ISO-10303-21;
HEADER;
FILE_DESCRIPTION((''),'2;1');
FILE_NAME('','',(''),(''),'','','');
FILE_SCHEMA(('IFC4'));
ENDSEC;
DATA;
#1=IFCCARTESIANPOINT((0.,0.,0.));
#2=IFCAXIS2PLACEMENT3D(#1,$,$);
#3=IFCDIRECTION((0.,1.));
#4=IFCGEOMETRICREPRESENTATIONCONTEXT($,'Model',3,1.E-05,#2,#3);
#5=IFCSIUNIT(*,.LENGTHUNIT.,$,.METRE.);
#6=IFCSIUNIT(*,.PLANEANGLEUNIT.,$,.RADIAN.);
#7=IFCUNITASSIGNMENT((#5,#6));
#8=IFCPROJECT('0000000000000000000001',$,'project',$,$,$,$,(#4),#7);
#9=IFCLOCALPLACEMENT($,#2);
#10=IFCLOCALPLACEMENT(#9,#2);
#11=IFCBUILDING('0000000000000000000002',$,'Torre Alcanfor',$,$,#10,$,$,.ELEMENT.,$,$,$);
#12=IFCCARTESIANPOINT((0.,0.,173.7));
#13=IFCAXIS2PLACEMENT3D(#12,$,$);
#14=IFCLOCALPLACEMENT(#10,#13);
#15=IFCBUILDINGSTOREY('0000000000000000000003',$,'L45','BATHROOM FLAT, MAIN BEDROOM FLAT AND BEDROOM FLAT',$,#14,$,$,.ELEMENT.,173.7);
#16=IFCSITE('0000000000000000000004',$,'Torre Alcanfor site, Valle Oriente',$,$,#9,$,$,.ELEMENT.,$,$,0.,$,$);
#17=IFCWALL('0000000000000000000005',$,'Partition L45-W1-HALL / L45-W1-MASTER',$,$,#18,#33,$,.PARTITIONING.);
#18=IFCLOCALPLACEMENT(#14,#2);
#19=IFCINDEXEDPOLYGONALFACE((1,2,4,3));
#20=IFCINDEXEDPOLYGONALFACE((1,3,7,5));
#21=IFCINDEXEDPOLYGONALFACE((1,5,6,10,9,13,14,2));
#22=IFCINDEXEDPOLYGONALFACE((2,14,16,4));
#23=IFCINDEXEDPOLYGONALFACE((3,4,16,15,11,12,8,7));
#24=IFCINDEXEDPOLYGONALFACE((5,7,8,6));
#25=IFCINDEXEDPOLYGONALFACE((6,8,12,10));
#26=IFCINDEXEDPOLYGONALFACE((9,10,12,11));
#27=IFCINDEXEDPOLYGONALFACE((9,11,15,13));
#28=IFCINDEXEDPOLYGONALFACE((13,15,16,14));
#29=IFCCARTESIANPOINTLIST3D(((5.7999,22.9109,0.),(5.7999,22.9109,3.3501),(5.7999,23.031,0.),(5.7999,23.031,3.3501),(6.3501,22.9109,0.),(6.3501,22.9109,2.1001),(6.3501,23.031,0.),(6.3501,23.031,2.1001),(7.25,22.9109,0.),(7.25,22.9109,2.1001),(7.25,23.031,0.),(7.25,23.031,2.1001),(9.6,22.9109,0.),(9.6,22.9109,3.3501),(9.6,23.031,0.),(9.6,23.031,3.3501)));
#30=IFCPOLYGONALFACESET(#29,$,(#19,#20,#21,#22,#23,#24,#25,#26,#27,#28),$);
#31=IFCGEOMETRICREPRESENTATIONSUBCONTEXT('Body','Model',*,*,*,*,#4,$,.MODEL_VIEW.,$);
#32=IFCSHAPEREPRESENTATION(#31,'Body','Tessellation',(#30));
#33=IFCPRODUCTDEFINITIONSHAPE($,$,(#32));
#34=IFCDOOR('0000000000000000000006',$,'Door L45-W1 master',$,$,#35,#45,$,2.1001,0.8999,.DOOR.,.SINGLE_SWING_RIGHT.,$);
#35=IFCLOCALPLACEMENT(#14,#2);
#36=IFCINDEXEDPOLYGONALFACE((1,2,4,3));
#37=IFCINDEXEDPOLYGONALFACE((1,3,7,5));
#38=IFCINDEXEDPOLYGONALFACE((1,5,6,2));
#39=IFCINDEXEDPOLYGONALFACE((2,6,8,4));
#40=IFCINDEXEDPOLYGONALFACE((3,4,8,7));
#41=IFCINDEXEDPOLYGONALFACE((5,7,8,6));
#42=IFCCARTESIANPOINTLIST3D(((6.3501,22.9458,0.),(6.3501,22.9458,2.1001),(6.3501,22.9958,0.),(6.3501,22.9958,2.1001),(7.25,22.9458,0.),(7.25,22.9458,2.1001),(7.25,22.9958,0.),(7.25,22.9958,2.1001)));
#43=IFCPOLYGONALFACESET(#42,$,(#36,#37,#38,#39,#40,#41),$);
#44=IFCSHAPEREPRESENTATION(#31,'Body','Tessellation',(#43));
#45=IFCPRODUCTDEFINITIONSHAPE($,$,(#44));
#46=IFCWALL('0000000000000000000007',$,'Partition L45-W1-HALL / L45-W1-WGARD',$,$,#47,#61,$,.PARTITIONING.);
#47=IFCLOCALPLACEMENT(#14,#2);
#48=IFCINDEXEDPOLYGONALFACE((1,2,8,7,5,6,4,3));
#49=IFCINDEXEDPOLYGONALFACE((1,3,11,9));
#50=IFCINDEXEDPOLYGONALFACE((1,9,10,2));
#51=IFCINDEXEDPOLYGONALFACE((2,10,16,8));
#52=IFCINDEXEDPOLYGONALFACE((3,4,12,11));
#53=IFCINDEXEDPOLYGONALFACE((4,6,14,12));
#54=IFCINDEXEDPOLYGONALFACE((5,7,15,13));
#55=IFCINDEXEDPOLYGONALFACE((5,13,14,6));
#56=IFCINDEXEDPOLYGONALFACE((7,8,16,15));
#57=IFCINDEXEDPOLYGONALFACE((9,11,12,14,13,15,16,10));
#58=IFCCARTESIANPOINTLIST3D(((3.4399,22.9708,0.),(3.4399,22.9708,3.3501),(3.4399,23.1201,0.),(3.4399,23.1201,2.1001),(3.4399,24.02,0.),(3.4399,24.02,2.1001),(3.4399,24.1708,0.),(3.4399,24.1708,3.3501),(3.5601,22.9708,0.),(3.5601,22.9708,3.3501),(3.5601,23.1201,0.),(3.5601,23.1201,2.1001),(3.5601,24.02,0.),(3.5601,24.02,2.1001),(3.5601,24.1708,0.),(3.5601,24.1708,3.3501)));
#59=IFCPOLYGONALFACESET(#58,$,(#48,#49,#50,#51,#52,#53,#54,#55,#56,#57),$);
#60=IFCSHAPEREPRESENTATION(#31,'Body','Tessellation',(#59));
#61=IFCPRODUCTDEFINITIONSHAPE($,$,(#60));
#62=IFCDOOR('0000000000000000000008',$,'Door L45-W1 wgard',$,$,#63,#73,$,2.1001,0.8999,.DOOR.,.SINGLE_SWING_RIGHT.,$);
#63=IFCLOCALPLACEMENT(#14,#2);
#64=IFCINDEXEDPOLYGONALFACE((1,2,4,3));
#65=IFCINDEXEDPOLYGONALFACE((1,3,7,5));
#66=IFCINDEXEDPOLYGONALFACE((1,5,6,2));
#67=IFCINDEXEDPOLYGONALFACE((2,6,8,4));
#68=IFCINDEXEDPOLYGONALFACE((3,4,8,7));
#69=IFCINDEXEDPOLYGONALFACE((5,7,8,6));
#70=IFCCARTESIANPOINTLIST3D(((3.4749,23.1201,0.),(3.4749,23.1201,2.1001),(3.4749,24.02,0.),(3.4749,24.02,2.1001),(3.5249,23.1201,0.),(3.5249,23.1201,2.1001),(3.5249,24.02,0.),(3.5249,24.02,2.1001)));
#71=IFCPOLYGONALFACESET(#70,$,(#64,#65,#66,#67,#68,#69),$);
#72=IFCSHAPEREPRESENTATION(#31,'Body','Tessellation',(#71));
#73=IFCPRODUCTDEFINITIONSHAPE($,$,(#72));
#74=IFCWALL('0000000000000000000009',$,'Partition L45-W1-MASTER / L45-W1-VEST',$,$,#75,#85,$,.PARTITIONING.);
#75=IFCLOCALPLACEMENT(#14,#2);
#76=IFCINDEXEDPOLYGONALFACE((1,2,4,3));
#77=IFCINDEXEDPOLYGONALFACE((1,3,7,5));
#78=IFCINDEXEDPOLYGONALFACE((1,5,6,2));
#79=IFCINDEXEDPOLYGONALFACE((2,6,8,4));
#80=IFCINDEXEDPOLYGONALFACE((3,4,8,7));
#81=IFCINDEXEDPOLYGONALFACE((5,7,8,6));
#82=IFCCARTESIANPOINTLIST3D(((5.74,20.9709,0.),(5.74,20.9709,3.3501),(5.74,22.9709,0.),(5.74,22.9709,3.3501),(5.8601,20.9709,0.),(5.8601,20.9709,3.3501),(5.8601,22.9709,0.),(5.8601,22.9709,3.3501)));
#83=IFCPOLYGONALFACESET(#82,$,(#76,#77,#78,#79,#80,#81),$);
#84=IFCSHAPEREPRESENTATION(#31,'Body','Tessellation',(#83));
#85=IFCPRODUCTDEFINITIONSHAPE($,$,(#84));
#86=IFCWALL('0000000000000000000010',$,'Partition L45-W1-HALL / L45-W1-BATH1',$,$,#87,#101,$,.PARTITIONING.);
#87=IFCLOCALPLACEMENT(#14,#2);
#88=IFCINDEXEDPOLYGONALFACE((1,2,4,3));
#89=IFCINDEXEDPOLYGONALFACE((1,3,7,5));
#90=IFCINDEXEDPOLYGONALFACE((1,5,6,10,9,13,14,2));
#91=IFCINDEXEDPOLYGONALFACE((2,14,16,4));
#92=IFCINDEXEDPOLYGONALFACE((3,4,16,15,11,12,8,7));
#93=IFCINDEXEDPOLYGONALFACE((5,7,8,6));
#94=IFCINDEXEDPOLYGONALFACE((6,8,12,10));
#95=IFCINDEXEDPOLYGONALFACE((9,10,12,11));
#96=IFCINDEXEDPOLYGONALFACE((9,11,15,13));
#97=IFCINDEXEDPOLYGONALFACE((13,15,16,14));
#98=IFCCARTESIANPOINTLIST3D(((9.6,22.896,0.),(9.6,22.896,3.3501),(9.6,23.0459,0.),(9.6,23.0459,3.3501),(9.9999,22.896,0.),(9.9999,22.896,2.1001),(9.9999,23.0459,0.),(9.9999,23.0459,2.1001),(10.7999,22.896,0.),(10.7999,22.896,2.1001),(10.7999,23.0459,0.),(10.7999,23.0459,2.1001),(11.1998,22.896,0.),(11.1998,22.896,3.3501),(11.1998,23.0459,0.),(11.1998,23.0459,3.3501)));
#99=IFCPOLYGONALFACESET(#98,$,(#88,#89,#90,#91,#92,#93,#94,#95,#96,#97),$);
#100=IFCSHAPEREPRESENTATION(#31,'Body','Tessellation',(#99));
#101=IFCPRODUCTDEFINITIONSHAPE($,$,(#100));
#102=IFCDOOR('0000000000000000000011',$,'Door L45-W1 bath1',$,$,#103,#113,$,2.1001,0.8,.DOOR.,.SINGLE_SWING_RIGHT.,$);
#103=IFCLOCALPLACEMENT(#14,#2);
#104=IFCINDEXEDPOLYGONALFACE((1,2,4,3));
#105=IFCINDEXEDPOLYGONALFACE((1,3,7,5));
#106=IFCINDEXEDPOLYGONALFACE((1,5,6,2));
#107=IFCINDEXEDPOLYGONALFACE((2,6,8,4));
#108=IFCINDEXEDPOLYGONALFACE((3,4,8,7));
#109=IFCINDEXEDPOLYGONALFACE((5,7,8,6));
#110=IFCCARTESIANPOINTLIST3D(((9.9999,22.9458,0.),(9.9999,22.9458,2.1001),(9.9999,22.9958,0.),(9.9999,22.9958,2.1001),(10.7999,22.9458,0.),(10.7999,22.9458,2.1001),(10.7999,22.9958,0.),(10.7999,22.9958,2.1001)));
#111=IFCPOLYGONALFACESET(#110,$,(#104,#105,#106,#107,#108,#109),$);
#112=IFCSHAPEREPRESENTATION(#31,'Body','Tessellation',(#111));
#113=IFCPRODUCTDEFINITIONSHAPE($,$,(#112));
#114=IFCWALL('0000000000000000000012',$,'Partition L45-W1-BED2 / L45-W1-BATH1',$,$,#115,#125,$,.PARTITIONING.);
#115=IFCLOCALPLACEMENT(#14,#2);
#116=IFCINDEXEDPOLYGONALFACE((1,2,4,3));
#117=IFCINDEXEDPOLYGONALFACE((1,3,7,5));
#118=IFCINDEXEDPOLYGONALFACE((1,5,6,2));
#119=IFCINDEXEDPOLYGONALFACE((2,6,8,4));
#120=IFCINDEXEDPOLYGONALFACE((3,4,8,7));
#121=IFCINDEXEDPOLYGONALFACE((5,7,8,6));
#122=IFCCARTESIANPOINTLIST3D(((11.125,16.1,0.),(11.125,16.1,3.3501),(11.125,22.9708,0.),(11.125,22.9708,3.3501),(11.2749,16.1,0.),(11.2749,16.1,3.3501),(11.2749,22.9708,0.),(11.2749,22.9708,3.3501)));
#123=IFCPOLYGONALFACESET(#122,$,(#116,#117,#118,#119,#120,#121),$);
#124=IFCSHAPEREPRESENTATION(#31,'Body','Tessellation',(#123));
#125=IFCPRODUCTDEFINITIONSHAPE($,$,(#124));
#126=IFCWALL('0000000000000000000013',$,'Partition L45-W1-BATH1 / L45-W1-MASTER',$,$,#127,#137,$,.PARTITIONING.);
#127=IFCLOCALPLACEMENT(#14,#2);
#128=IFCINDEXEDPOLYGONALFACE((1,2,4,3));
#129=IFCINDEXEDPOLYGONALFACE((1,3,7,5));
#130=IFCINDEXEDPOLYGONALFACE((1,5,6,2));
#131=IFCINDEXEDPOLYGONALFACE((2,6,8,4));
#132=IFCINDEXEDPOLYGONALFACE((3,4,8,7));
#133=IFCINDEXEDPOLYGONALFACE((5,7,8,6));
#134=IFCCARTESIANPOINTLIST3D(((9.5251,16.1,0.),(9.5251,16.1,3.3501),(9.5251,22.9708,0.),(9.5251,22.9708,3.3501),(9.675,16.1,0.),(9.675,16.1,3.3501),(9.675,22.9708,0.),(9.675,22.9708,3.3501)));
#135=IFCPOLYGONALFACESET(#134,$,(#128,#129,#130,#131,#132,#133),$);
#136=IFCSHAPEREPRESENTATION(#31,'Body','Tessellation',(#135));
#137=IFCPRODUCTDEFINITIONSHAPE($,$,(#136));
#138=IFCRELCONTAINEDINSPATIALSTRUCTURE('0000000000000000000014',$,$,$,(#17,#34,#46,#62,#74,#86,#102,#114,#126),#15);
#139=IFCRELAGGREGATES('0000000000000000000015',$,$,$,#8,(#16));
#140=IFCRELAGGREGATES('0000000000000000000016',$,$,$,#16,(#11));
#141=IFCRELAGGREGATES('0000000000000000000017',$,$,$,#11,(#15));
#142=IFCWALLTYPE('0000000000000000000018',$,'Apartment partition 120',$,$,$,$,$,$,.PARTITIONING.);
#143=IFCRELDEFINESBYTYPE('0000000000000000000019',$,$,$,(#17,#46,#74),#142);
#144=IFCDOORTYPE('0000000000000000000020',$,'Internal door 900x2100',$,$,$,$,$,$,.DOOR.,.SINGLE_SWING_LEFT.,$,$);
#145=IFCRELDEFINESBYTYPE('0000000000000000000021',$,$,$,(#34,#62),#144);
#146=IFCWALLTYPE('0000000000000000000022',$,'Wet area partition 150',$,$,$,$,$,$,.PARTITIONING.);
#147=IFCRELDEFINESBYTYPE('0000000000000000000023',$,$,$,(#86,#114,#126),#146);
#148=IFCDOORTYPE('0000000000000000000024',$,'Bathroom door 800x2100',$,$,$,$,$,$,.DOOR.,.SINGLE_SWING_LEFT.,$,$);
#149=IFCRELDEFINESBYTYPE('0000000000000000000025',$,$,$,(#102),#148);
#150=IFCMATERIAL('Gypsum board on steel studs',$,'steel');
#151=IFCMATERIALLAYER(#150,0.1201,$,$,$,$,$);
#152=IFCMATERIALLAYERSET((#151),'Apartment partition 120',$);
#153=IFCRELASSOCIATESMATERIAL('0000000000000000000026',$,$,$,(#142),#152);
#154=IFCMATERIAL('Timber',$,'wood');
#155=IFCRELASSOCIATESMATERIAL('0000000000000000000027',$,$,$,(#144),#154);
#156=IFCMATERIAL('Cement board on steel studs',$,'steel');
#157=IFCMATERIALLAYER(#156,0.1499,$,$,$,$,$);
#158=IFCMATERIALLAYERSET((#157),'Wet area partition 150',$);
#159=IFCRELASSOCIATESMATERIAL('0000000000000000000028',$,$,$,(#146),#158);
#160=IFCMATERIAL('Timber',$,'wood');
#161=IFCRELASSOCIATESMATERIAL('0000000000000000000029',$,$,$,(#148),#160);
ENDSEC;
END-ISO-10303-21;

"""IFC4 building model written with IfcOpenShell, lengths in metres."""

from ifc_helpers import new_model, si_unit, direction, frame, frame_2d, origin, place, context, subcontext, project, spatial, rectangle, extrude, material, layer, layer_set, type_object, element, fill, save


model = new_model("IFC4")

# Units and contexts
model_context = context("Model", 3, precision=1e-05, world=origin(), true_north=direction((0.0, 1.0)))
body_context = subcontext(model_context, "Body", "Model", "MODEL_VIEW")
ifc_project = project(units=[si_unit("LENGTHUNIT", "METRE"), si_unit("PLANEANGLEUNIT", "RADIAN")], contexts=[model_context])

# Site, building, storey
site_placement = place(None, origin())
site = spatial("IfcSite", under=ifc_project, at=site_placement, Name="Torre Alcanfor site, Valle Oriente", CompositionType="ELEMENT", RefElevation=0.0)
building_placement = place(site_placement, origin())
building = spatial("IfcBuilding", under=site, at=building_placement, Name="Torre Alcanfor", CompositionType="ELEMENT")
storey_placement = place(building_placement, frame((0.0, 0.0, 173.7)))
storey = spatial("IfcBuildingStorey", under=building, at=storey_placement, Name="L45", Description="BATHROOM FLAT, MAIN BEDROOM FLAT AND BEDROOM FLAT", CompositionType="ELEMENT", Elevation=173.7)

# Shared definitions
ifc_material_1 = material(Name="Gypsum board on steel studs", Category="steel")
ifc_layer_1 = layer(ifc_material_1, 0.1201)
ifc_layer_set_1 = layer_set([ifc_layer_1], Name="Apartment partition 120")
wall_type_1 = type_object("IfcWallType", Name="Apartment partition 120", PredefinedType="PARTITIONING", material=ifc_layer_set_1)
ifc_material_2 = material(Name="Timber", Category="wood")
door_type_1 = type_object("IfcDoorType", Name="Internal door 900x2100", OperationType="SINGLE_SWING_LEFT", PredefinedType="DOOR", material=ifc_material_2)

# Walls, openings, doors
wall_1_placement = place(storey_placement, frame((5.8, 22.9709, 0.0), z_axis=(0.0, 0.0, 1.0), x_axis=(1.0, 0.0, 0.0)))
wall_1 = element("IfcWall", 1, at=wall_1_placement, inside=storey, type_object=wall_type_1, Name="Partition L45-W1-HALL / L45-W1-MASTER", PredefinedType="PARTITIONING", context=body_context, shape_type="SweptSolid", body=[
    extrude(rectangle(XDim=3.8, YDim=0.1201, at=frame_2d((1.8999, 0.0))), origin(), (0.0, 0.0, 1.0), 3.3501),
])
opening_1_placement = place(wall_1_placement, frame((0.55, 0.0, 0.0)))
opening_1 = element("IfcOpeningElement", 2, at=opening_1_placement, cuts=wall_1, PredefinedType="OPENING", context=body_context, shape_type="SweptSolid", body=[
    extrude(rectangle(XDim=0.8999, YDim=2.1001, at=frame_2d((0.45, 1.05))), frame((0.0, 0.0701, 0.0), z_axis=(0.0, -1.0, 0.0), x_axis=(1.0, 0.0, 0.0)), (0.0, 0.0, 1.0), 0.1401),
])
door_1_placement = place(opening_1_placement, frame((0.8999, 0.0, 0.0), z_axis=(0.0, 0.0, 1.0), x_axis=(-1.0, 0.0, 0.0)))
door_1 = element("IfcDoor", 3, at=door_1_placement, inside=storey, type_object=door_type_1, Name="Door L45-W1 master", OperationType="SINGLE_SWING_RIGHT", OverallHeight=2.1001, OverallWidth=0.8999, PredefinedType="DOOR", context=body_context, shape_type="SweptSolid", body=[
    extrude(rectangle(XDim=0.8999, YDim=2.1001, at=frame_2d((0.45, 1.05))), frame((0.0, 0.0251, 0.0), z_axis=(0.0, -1.0, 0.0), x_axis=(1.0, 0.0, 0.0)), (0.0, 0.0, 1.0), 0.05),
])
fill(opening_1, door_1)
wall_2_placement = place(storey_placement, frame((3.5, 24.1709, 0.0), z_axis=(0.0, 0.0, 1.0), x_axis=(0.0, -1.0, 0.0)))
wall_2 = element("IfcWall", 4, at=wall_2_placement, inside=storey, type_object=wall_type_1, Name="Partition L45-W1-HALL / L45-W1-WGARD", PredefinedType="PARTITIONING", context=body_context, shape_type="SweptSolid", body=[
    extrude(rectangle(XDim=1.2, YDim=0.1201, at=frame_2d((0.6001, 0.0))), origin(), (0.0, 0.0, 1.0), 3.3501),
])
opening_2_placement = place(wall_2_placement, frame((0.1509, 0.0, 0.0)))
opening_2 = element("IfcOpeningElement", 5, at=opening_2_placement, cuts=wall_2, PredefinedType="OPENING", context=body_context, shape_type="SweptSolid", body=[
    extrude(rectangle(XDim=0.8999, YDim=2.1001, at=frame_2d((0.45, 1.05))), frame((0.0, 0.0701, 0.0), z_axis=(0.0, -1.0, 0.0), x_axis=(1.0, 0.0, 0.0)), (0.0, 0.0, 1.0), 0.1401),
])
door_2_placement = place(opening_2_placement, frame((0.8999, 0.0, 0.0), z_axis=(0.0, 0.0, 1.0), x_axis=(-1.0, 0.0, 0.0)))
door_2 = element("IfcDoor", 6, at=door_2_placement, inside=storey, type_object=door_type_1, Name="Door L45-W1 wgard", OperationType="SINGLE_SWING_RIGHT", OverallHeight=2.1001, OverallWidth=0.8999, PredefinedType="DOOR", context=body_context, shape_type="SweptSolid", body=[
    extrude(rectangle(XDim=0.8999, YDim=2.1001, at=frame_2d((0.45, 1.05))), frame((0.0, 0.0251, 0.0), z_axis=(0.0, -1.0, 0.0), x_axis=(1.0, 0.0, 0.0)), (0.0, 0.0, 1.0), 0.05),
])
fill(opening_2, door_2)

# Wall
wall_3_placement = place(storey_placement, frame((5.8, 20.9709, 0.0), z_axis=(0.0, 0.0, 1.0), x_axis=(0.0, 1.0, 0.0)))
element("IfcWall", 7, at=wall_3_placement, inside=storey, type_object=wall_type_1, Name="Partition L45-W1-MASTER / L45-W1-VEST", PredefinedType="PARTITIONING", context=body_context, shape_type="SweptSolid", body=[
    extrude(rectangle(XDim=2.0, YDim=0.1201, at=frame_2d((1.0, 0.0))), origin(), (0.0, 0.0, 1.0), 3.3501),
])

# Wall, opening, door
ifc_material_3 = material(Name="Cement board on steel studs", Category="steel")
ifc_layer_2 = layer(ifc_material_3, 0.1499)
ifc_layer_set_2 = layer_set([ifc_layer_2], Name="Wet area partition 150")
wall_type_2 = type_object("IfcWallType", Name="Wet area partition 150", PredefinedType="PARTITIONING", material=ifc_layer_set_2)
wall_4_placement = place(storey_placement, frame((9.6001, 22.9709, 0.0), z_axis=(0.0, 0.0, 1.0), x_axis=(1.0, 0.0, 0.0)))
wall_4 = element("IfcWall", 8, at=wall_4_placement, inside=storey, type_object=wall_type_2, Name="Partition L45-W1-HALL / L45-W1-BATH1", PredefinedType="PARTITIONING", context=body_context, shape_type="SweptSolid", body=[
    extrude(rectangle(XDim=1.5999, YDim=0.1499, at=frame_2d((0.7998, 0.0))), origin(), (0.0, 0.0, 1.0), 3.3501),
])
opening_3_placement = place(wall_4_placement, frame((0.3999, 0.0, 0.0)))
opening_3 = element("IfcOpeningElement", 9, at=opening_3_placement, cuts=wall_4, PredefinedType="OPENING", context=body_context, shape_type="SweptSolid", body=[
    extrude(rectangle(XDim=0.8, YDim=2.1001, at=frame_2d((0.3999, 1.05))), frame((0.0, 0.085, 0.0), z_axis=(0.0, -1.0, 0.0), x_axis=(1.0, 0.0, 0.0)), (0.0, 0.0, 1.0), 0.1699),
])
ifc_material_4 = material(Name="Timber", Category="wood")
door_type_2 = type_object("IfcDoorType", Name="Bathroom door 800x2100", OperationType="SINGLE_SWING_LEFT", PredefinedType="DOOR", material=ifc_material_4)
door_3_placement = place(opening_3_placement, frame((0.8, 0.0, 0.0), z_axis=(0.0, 0.0, 1.0), x_axis=(-1.0, 0.0, 0.0)))
door_3 = element("IfcDoor", 10, at=door_3_placement, inside=storey, type_object=door_type_2, Name="Door L45-W1 bath1", OperationType="SINGLE_SWING_RIGHT", OverallHeight=2.1001, OverallWidth=0.8, PredefinedType="DOOR", context=body_context, shape_type="SweptSolid", body=[
    extrude(rectangle(XDim=0.8, YDim=2.1001, at=frame_2d((0.4001, 1.05))), frame((0.0, 0.0251, 0.0), z_axis=(0.0, -1.0, 0.0), x_axis=(1.0, 0.0, 0.0)), (0.0, 0.0, 1.0), 0.05),
])
fill(opening_3, door_3)

# Walls
for number, where, z_axis, x_axis, name in (
    (11, (11.2, 22.9709, 0.0), (0.0, 0.0, 1.0), (0.0, -1.0, 0.0), "Partition L45-W1-BED2 / L45-W1-BATH1"),
    (12, (9.6001, 22.9709, 0.0), (0.0, 0.0, 1.0), (0.0, -1.0, 0.0), "Partition L45-W1-BATH1 / L45-W1-MASTER"),
):
    element("IfcWall", number, at=place(storey_placement, frame(where, z_axis=z_axis, x_axis=x_axis)), inside=storey, type_object=wall_type_2, Name=name, PredefinedType="PARTITIONING", context=body_context, shape_type="SweptSolid", body=[
        extrude(rectangle(XDim=6.8708, YDim=0.1499, at=frame_2d((3.4355, 0.0))), origin(), (0.0, 0.0, 1.0), 3.3501),
    ])

save(model, "model.ifc")
